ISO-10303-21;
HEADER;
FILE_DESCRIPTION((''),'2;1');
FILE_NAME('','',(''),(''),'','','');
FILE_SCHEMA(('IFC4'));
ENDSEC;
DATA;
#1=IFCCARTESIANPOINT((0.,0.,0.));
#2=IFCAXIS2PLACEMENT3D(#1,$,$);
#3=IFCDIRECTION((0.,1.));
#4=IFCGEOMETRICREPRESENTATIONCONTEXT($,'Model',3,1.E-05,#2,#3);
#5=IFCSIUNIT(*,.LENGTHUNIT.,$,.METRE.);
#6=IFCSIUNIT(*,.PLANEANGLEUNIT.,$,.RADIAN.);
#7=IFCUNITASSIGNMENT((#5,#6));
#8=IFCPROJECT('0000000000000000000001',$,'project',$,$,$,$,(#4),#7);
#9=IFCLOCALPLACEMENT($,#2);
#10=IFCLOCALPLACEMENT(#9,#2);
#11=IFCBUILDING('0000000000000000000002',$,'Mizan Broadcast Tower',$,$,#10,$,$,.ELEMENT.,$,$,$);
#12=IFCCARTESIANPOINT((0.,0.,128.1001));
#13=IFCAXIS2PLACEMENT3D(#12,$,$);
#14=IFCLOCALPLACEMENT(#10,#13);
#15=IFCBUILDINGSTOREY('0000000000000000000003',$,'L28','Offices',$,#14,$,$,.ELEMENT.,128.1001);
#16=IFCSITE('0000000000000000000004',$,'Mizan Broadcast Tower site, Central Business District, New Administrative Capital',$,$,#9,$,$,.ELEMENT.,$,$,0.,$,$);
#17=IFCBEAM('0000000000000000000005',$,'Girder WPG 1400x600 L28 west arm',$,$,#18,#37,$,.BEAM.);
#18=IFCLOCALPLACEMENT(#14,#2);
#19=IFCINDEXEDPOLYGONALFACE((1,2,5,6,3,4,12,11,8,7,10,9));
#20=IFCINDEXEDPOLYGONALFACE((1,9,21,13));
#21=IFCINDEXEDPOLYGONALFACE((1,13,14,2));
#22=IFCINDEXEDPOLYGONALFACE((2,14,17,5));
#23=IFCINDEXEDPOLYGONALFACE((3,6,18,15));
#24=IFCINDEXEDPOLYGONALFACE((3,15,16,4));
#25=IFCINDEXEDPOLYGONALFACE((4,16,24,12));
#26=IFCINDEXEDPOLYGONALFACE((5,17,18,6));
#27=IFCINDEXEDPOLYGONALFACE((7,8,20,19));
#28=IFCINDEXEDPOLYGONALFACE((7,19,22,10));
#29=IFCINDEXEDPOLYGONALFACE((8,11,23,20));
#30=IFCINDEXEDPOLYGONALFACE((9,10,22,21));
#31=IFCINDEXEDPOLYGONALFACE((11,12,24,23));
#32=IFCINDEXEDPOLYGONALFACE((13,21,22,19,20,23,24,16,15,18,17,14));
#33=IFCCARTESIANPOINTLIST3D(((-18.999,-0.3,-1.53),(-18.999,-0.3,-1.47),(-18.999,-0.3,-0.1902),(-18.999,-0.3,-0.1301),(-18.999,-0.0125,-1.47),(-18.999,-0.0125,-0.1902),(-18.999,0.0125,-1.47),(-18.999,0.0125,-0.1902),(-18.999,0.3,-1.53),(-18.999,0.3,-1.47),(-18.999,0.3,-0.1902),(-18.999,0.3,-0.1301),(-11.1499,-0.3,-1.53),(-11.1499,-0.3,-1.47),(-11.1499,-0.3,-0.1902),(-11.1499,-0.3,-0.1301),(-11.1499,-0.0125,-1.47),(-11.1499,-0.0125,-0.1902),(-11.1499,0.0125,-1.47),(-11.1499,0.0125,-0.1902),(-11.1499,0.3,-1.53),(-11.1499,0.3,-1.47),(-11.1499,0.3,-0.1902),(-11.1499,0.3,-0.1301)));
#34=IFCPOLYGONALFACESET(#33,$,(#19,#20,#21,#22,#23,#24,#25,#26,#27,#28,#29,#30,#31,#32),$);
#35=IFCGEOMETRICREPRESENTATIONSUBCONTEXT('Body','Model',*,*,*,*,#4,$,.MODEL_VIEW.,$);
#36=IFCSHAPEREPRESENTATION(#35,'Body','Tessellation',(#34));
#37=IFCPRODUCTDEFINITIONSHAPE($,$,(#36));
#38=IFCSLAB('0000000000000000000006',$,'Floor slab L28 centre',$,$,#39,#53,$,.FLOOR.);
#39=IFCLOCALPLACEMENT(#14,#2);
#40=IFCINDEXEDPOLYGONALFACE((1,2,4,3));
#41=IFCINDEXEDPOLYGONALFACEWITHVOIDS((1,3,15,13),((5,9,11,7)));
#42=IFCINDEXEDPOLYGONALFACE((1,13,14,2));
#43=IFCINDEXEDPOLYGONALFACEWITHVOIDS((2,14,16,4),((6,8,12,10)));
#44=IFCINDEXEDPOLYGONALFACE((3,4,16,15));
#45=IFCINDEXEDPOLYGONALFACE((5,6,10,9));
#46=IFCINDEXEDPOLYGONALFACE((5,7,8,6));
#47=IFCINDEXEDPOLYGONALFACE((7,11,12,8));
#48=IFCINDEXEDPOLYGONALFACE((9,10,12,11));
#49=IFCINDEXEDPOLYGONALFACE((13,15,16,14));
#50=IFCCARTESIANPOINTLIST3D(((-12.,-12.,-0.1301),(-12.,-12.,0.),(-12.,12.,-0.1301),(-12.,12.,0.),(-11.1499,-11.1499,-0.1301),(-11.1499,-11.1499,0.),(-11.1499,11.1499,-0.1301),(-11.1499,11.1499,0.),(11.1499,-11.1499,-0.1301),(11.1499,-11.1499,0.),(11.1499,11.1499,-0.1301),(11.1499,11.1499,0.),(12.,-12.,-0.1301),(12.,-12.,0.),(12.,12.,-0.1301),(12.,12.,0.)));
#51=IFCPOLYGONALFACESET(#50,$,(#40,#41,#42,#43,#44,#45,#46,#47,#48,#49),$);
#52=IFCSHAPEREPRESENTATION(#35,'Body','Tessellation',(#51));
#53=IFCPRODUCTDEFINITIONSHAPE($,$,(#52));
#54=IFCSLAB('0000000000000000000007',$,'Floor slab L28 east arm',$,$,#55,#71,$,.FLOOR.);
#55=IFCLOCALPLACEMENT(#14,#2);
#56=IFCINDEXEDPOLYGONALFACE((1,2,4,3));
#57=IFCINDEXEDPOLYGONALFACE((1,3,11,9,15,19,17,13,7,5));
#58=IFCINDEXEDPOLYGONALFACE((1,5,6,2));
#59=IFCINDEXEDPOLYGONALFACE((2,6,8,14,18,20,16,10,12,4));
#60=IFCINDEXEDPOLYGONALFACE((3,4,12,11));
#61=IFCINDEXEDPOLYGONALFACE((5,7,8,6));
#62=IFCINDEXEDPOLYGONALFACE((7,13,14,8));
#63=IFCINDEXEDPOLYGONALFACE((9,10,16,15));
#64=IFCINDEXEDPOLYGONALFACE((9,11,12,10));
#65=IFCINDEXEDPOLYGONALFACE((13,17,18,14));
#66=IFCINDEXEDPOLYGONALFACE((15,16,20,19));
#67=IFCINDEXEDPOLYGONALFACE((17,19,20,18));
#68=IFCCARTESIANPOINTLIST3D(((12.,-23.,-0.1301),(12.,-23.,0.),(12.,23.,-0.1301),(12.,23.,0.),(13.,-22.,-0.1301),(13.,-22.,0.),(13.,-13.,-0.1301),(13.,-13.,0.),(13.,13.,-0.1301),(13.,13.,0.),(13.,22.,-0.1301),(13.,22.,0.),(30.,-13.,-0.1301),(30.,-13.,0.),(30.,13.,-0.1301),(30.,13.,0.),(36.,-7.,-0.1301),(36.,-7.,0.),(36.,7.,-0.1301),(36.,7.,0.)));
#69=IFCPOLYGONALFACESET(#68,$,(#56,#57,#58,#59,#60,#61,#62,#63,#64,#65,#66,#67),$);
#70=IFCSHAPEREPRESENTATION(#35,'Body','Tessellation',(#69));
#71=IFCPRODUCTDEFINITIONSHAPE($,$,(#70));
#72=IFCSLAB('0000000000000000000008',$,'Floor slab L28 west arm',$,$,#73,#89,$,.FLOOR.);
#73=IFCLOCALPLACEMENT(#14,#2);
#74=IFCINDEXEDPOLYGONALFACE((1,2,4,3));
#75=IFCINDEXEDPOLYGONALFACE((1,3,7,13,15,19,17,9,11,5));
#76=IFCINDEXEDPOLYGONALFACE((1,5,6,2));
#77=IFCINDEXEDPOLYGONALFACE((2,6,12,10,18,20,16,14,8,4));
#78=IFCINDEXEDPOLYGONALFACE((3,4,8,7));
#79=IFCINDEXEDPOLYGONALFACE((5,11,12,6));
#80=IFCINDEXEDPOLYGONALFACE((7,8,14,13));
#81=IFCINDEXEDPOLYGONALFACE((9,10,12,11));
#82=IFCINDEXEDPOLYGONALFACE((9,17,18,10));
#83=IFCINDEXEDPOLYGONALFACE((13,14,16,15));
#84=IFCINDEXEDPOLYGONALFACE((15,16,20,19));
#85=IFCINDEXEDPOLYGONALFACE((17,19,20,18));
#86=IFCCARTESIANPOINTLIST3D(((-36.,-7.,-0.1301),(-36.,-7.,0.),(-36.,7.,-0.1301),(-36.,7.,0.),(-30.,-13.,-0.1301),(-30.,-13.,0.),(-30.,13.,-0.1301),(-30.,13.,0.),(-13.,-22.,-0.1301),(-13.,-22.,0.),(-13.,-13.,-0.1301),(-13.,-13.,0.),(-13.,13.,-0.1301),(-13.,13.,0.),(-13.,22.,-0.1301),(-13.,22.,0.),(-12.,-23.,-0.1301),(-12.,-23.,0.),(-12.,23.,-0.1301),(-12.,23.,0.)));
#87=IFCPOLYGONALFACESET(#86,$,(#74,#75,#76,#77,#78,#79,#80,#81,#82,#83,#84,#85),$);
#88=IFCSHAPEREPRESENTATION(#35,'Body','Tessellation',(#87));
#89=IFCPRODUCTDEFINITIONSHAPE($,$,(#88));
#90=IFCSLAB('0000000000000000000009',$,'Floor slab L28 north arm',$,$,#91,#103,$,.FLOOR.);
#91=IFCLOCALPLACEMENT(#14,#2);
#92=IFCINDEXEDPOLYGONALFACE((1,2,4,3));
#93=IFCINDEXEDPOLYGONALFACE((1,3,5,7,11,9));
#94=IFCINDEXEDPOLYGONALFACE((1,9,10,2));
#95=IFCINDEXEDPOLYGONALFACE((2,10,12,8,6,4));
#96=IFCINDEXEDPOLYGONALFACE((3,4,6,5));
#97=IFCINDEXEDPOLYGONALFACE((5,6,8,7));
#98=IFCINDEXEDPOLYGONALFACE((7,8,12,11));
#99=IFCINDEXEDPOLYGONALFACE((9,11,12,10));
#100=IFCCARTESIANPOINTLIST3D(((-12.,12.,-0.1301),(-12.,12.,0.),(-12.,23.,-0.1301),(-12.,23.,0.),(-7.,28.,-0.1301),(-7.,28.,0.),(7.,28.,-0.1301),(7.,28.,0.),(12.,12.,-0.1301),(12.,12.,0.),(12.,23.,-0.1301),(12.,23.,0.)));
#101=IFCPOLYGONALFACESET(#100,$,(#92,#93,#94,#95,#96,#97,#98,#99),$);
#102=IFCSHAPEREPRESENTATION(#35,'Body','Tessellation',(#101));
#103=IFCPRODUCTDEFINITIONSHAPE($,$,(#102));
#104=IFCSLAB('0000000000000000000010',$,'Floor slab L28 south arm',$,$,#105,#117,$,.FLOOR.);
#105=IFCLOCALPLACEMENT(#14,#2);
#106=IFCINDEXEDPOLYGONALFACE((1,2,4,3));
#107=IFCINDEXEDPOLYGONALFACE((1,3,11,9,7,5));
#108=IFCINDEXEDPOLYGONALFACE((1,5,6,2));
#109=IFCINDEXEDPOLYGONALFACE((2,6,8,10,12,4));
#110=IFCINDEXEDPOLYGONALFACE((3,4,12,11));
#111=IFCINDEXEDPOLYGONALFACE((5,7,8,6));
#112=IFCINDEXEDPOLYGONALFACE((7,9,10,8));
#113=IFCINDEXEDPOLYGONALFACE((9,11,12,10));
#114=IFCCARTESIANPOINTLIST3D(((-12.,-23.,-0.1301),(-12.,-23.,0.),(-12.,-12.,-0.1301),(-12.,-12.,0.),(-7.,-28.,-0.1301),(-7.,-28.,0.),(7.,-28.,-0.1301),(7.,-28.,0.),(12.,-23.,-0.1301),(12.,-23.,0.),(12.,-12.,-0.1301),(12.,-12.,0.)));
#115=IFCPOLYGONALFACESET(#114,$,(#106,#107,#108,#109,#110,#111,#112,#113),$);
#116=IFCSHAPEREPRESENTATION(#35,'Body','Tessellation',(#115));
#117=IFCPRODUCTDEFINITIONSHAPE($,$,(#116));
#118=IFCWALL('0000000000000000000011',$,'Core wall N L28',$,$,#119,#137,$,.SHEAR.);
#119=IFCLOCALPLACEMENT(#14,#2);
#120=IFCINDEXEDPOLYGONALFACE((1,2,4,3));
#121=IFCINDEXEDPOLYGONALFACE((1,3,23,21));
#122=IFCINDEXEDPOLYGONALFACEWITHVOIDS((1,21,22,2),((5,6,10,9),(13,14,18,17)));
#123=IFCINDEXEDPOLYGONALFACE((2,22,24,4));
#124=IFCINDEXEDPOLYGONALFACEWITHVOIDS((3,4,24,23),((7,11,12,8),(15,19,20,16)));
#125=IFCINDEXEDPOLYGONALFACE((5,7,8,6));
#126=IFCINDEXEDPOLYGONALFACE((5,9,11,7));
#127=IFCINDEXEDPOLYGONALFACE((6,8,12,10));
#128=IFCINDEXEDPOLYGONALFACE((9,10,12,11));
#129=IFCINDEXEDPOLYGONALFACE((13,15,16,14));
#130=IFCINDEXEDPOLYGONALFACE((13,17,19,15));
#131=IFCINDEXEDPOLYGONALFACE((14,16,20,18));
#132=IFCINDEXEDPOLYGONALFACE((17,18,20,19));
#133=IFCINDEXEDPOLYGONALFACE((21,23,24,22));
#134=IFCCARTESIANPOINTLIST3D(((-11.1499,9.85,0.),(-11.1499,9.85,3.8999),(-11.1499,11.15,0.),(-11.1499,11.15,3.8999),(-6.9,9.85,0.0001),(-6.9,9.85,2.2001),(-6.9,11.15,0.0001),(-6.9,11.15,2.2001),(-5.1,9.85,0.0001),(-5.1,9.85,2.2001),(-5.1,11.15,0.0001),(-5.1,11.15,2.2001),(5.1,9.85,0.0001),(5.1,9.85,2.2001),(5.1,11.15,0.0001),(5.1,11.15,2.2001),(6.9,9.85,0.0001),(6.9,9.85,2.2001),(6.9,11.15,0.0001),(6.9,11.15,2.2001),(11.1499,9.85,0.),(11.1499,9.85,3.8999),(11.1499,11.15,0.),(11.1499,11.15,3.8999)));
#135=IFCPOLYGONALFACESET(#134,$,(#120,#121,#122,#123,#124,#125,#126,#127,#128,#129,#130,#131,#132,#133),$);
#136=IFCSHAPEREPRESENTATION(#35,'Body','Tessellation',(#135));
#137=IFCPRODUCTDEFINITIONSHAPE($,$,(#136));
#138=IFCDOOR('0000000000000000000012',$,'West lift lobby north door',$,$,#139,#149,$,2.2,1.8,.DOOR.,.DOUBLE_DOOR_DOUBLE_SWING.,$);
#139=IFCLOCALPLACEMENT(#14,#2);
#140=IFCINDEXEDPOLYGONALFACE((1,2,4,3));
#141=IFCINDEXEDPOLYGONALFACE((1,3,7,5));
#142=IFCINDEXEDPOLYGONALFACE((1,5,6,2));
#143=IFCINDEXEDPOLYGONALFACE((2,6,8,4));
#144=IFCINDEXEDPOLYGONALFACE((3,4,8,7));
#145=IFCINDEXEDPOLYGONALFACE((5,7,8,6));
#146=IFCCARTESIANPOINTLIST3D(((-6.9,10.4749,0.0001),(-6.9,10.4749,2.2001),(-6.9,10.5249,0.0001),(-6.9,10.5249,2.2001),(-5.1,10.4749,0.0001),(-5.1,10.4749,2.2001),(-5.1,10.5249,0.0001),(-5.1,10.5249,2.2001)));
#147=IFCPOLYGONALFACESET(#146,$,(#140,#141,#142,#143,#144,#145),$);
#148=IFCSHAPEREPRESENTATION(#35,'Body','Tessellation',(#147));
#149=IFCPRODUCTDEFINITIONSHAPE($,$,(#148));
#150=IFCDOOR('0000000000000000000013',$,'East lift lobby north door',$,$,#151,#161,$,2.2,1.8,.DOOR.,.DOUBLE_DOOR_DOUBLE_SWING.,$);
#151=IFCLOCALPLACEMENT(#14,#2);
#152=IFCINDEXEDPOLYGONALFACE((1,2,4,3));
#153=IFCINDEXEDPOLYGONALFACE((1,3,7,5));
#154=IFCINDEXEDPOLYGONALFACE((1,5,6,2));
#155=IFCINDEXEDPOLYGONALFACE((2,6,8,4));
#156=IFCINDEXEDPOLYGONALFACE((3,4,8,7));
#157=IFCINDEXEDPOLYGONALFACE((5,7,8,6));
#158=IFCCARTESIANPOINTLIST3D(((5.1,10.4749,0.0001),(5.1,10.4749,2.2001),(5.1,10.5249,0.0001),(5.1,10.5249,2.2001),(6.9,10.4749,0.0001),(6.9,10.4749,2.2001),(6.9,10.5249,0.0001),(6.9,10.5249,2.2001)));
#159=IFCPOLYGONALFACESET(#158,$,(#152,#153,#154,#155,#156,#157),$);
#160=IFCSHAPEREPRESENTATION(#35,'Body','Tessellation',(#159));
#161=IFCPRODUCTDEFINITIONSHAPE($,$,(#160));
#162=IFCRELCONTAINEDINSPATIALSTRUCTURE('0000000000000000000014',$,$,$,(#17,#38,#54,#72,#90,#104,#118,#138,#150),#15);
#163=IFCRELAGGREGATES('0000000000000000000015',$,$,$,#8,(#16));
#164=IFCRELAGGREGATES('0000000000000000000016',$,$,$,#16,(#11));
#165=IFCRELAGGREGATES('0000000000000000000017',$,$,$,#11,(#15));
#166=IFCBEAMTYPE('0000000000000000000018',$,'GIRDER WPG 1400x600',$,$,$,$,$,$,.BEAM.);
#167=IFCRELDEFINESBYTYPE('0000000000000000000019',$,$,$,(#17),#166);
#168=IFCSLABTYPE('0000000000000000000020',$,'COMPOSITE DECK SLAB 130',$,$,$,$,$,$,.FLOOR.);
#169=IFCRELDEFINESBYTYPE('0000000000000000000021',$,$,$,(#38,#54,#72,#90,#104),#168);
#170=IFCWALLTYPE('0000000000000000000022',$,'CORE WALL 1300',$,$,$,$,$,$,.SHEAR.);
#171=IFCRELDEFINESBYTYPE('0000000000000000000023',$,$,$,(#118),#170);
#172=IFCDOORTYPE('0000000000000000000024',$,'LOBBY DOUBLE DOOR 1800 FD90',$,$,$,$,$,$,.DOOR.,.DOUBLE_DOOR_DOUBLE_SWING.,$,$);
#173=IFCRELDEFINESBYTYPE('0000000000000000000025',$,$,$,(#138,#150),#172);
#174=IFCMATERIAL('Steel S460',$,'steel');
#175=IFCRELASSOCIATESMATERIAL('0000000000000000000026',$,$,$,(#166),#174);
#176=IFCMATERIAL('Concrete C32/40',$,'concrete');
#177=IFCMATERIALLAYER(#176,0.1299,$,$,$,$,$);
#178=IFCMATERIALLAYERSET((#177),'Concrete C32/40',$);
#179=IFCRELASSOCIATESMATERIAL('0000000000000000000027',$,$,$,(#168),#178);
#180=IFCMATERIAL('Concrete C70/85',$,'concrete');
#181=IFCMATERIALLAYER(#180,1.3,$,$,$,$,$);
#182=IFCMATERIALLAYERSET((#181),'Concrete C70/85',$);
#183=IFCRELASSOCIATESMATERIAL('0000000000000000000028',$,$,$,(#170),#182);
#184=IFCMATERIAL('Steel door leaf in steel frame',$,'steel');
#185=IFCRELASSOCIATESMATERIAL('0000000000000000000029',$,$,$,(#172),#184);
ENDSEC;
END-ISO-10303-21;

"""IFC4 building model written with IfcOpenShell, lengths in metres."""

from ifc_helpers import new_model, si_unit, direction, frame, frame_2d, origin, origin_2d, place, context, subcontext, project, spatial, polyline, rectangle, i_section, outline, extrude, material, layer, layer_set, material_profile, profile_set, type_object, element, fill, save


model = new_model("IFC4")

# Units and contexts
model_context = context("Model", 3, precision=1e-05, world=origin(), true_north=direction((0.0, 1.0)))
body_context = subcontext(model_context, "Body", "Model", "MODEL_VIEW")
ifc_project = project(units=[si_unit("LENGTHUNIT", "METRE"), si_unit("PLANEANGLEUNIT", "RADIAN")], contexts=[model_context])

# Site, building, storey
site_placement = place(None, origin())
site = spatial("IfcSite", under=ifc_project, at=site_placement, Name="Mizan Broadcast Tower site, Central Business District, New Administrative Capital", CompositionType="ELEMENT", RefElevation=0.0)
building_placement = place(site_placement, origin())
building = spatial("IfcBuilding", under=site, at=building_placement, Name="Mizan Broadcast Tower", CompositionType="ELEMENT")
storey_placement = place(building_placement, frame((0.0, 0.0, 128.1001)))
storey = spatial("IfcBuildingStorey", under=building, at=storey_placement, Name="L28", Description="Offices", CompositionType="ELEMENT", Elevation=128.1001)

# Beam
ifc_material_1 = material(Name="Steel S460", Category="steel")
ifc_material_profile = material_profile(ifc_material_1, i_section(OverallWidth=0.6001, OverallDepth=1.3999, WebThickness=0.0249, FlangeThickness=0.0601, at=origin_2d()), Name="WPG 1400x600")
ifc_profile_set = profile_set([ifc_material_profile], Name="Steel S460")
beam_type = type_object("IfcBeamType", Name="GIRDER WPG 1400x600", PredefinedType="BEAM", material=ifc_profile_set)
beam_placement = place(storey_placement, frame((-11.1499, 0.0, -0.8301), z_axis=(-1.0, 0.0, 0.0), x_axis=(0.0, -1.0, 0.0)))
element("IfcBeam", 1, at=beam_placement, inside=storey, type_object=beam_type, Name="Girder WPG 1400x600 L28 west arm", PredefinedType="BEAM", context=body_context, shape_type="SweptSolid", body=[
    extrude(i_section(OverallWidth=0.6001, OverallDepth=1.3999, WebThickness=0.0249, FlangeThickness=0.0601, at=origin_2d()), origin(), (0.0, 0.0, 1.0), 7.8491),
])

# Slabs
ifc_material_2 = material(Name="Concrete C32/40", Category="concrete")
ifc_layer_1 = layer(ifc_material_2, 0.1299)
ifc_layer_set_1 = layer_set([ifc_layer_1], Name="Concrete C32/40")
slab_type = type_object("IfcSlabType", Name="COMPOSITE DECK SLAB 130", PredefinedType="FLOOR", material=ifc_layer_set_1)
slab_1_placement = place(storey_placement, frame((0.0, 0.0, -0.1301)))
element("IfcSlab", 2, at=slab_1_placement, inside=storey, type_object=slab_type, Name="Floor slab L28 centre", PredefinedType="FLOOR", context=body_context, shape_type="SweptSolid", body=[
    extrude(outline(polyline([(-12.0, -12.0), (12.0, -12.0), (12.0, 12.0), (-12.0, 12.0), (-12.0, -12.0)]), holes=[polyline([(-11.1499, 11.1499), (11.1499, 11.1499), (11.1499, -11.1499), (-11.1499, -11.1499), (-11.1499, 11.1499)])]), origin(), (0.0, 0.0, 1.0), 0.1301),
])
slab_2_placement = place(storey_placement, frame((0.0, 0.0, -0.1301)))
element("IfcSlab", 3, at=slab_2_placement, inside=storey, type_object=slab_type, Name="Floor slab L28 east arm", PredefinedType="FLOOR", context=body_context, shape_type="SweptSolid", body=[
    extrude(outline(polyline([(12.0, -23.0), (13.0, -22.0), (13.0, -13.0), (30.0, -13.0), (36.0, -7.0), (36.0, 7.0), (30.0, 13.0), (13.0, 13.0), (13.0, 22.0), (12.0, 23.0), (12.0, -23.0)])), origin(), (0.0, 0.0, 1.0), 0.1301),
])
slab_3_placement = place(storey_placement, frame((0.0, 0.0, -0.1301)))
element("IfcSlab", 4, at=slab_3_placement, inside=storey, type_object=slab_type, Name="Floor slab L28 west arm", PredefinedType="FLOOR", context=body_context, shape_type="SweptSolid", body=[
    extrude(outline(polyline([(-13.0, -22.0), (-12.0, -23.0), (-12.0, 23.0), (-13.0, 22.0), (-13.0, 13.0), (-30.0, 13.0), (-36.0, 7.0), (-36.0, -7.0), (-30.0, -13.0), (-13.0, -13.0), (-13.0, -22.0)])), origin(), (0.0, 0.0, 1.0), 0.1301),
])
slab_4_placement = place(storey_placement, frame((0.0, 0.0, -0.1301)))
element("IfcSlab", 5, at=slab_4_placement, inside=storey, type_object=slab_type, Name="Floor slab L28 north arm", PredefinedType="FLOOR", context=body_context, shape_type="SweptSolid", body=[
    extrude(outline(polyline([(-7.0, 28.0), (-12.0, 23.0), (-12.0, 12.0), (12.0, 12.0), (12.0, 23.0), (7.0, 28.0), (-7.0, 28.0)])), origin(), (0.0, 0.0, 1.0), 0.1301),
])
slab_5_placement = place(storey_placement, frame((0.0, 0.0, -0.1301)))
element("IfcSlab", 6, at=slab_5_placement, inside=storey, type_object=slab_type, Name="Floor slab L28 south arm", PredefinedType="FLOOR", context=body_context, shape_type="SweptSolid", body=[
    extrude(outline(polyline([(7.0, -28.0), (12.0, -23.0), (12.0, -12.0), (-12.0, -12.0), (-12.0, -23.0), (-7.0, -28.0), (7.0, -28.0)])), origin(), (0.0, 0.0, 1.0), 0.1301),
])

# Wall, openings, doors
ifc_material_3 = material(Name="Concrete C70/85", Category="concrete")
ifc_layer_2 = layer(ifc_material_3, 1.3)
ifc_layer_set_2 = layer_set([ifc_layer_2], Name="Concrete C70/85")
wall_type_1 = type_object("IfcWallType", Name="CORE WALL 1300", PredefinedType="SHEAR", material=ifc_layer_set_2)
wall_1_placement = place(storey_placement, frame((-11.1499, 10.5, 0.0), z_axis=(0.0, 0.0, 1.0), x_axis=(1.0, 0.0, 0.0)))
wall_1 = element("IfcWall", 7, at=wall_1_placement, inside=storey, type_object=wall_type_1, Name="Core wall N L28", PredefinedType="SHEAR", context=body_context, shape_type="SweptSolid", body=[
    extrude(rectangle(XDim=22.2998, YDim=1.3, at=frame_2d((11.1499, 0.0))), origin(), (0.0, 0.0, 1.0), 3.8999),
])
opening_1_placement = place(wall_1_placement, frame((4.25, 0.0, 0.0)))
opening_1 = element("IfcOpeningElement", 8, at=opening_1_placement, cuts=wall_1, PredefinedType="OPENING", context=body_context, shape_type="SweptSolid", body=[
    extrude(rectangle(XDim=1.8, YDim=2.2, at=frame_2d((0.8999, 1.1001))), frame((0.0, 0.6599, 0.0), z_axis=(0.0, -1.0, 0.0), x_axis=(1.0, 0.0, 0.0)), (0.0, 0.0, 1.0), 1.3201),
])
opening_2_placement = place(wall_1_placement, frame((16.25, 0.0, 0.0)))
opening_2 = element("IfcOpeningElement", 9, at=opening_2_placement, cuts=wall_1, PredefinedType="OPENING", context=body_context, shape_type="SweptSolid", body=[
    extrude(rectangle(XDim=1.8, YDim=2.2, at=frame_2d((0.8999, 1.1001))), frame((0.0, 0.6599, 0.0), z_axis=(0.0, -1.0, 0.0), x_axis=(1.0, 0.0, 0.0)), (0.0, 0.0, 1.0), 1.3201),
])
ifc_material_4 = material(Name="Steel door leaf in steel frame", Category="steel")
door_type_1 = type_object("IfcDoorType", Name="LOBBY DOUBLE DOOR 1800 FD90", OperationType="DOUBLE_DOOR_DOUBLE_SWING", PredefinedType="DOOR", material=ifc_material_4)
door_1_placement = place(opening_1_placement, origin())
door_1 = element("IfcDoor", 10, at=door_1_placement, inside=storey, type_object=door_type_1, Name="West lift lobby north door", OperationType="DOUBLE_DOOR_DOUBLE_SWING", OverallHeight=2.2, OverallWidth=1.8, PredefinedType="DOOR", context=body_context, shape_type="SweptSolid", body=[
    extrude(rectangle(XDim=1.8, YDim=2.2, at=frame_2d((0.8999, 1.1001))), frame((0.0, 0.0249, 0.0), z_axis=(0.0, -1.0, 0.0), x_axis=(1.0, 0.0, 0.0)), (0.0, 0.0, 1.0), 0.05),
])
fill(opening_1, door_1)
door_2_placement = place(opening_2_placement, origin())
door_2 = element("IfcDoor", 11, at=door_2_placement, inside=storey, type_object=door_type_1, Name="East lift lobby north door", OperationType="DOUBLE_DOOR_DOUBLE_SWING", OverallHeight=2.2, OverallWidth=1.8, PredefinedType="DOOR", context=body_context, shape_type="SweptSolid", body=[
    extrude(rectangle(XDim=1.8, YDim=2.2, at=frame_2d((0.8999, 1.1001))), frame((0.0, 0.0249, 0.0), z_axis=(0.0, -1.0, 0.0), x_axis=(1.0, 0.0, 0.0)), (0.0, 0.0, 1.0), 0.05),
])
fill(opening_2, door_2)

save(model, "model.ifc")
